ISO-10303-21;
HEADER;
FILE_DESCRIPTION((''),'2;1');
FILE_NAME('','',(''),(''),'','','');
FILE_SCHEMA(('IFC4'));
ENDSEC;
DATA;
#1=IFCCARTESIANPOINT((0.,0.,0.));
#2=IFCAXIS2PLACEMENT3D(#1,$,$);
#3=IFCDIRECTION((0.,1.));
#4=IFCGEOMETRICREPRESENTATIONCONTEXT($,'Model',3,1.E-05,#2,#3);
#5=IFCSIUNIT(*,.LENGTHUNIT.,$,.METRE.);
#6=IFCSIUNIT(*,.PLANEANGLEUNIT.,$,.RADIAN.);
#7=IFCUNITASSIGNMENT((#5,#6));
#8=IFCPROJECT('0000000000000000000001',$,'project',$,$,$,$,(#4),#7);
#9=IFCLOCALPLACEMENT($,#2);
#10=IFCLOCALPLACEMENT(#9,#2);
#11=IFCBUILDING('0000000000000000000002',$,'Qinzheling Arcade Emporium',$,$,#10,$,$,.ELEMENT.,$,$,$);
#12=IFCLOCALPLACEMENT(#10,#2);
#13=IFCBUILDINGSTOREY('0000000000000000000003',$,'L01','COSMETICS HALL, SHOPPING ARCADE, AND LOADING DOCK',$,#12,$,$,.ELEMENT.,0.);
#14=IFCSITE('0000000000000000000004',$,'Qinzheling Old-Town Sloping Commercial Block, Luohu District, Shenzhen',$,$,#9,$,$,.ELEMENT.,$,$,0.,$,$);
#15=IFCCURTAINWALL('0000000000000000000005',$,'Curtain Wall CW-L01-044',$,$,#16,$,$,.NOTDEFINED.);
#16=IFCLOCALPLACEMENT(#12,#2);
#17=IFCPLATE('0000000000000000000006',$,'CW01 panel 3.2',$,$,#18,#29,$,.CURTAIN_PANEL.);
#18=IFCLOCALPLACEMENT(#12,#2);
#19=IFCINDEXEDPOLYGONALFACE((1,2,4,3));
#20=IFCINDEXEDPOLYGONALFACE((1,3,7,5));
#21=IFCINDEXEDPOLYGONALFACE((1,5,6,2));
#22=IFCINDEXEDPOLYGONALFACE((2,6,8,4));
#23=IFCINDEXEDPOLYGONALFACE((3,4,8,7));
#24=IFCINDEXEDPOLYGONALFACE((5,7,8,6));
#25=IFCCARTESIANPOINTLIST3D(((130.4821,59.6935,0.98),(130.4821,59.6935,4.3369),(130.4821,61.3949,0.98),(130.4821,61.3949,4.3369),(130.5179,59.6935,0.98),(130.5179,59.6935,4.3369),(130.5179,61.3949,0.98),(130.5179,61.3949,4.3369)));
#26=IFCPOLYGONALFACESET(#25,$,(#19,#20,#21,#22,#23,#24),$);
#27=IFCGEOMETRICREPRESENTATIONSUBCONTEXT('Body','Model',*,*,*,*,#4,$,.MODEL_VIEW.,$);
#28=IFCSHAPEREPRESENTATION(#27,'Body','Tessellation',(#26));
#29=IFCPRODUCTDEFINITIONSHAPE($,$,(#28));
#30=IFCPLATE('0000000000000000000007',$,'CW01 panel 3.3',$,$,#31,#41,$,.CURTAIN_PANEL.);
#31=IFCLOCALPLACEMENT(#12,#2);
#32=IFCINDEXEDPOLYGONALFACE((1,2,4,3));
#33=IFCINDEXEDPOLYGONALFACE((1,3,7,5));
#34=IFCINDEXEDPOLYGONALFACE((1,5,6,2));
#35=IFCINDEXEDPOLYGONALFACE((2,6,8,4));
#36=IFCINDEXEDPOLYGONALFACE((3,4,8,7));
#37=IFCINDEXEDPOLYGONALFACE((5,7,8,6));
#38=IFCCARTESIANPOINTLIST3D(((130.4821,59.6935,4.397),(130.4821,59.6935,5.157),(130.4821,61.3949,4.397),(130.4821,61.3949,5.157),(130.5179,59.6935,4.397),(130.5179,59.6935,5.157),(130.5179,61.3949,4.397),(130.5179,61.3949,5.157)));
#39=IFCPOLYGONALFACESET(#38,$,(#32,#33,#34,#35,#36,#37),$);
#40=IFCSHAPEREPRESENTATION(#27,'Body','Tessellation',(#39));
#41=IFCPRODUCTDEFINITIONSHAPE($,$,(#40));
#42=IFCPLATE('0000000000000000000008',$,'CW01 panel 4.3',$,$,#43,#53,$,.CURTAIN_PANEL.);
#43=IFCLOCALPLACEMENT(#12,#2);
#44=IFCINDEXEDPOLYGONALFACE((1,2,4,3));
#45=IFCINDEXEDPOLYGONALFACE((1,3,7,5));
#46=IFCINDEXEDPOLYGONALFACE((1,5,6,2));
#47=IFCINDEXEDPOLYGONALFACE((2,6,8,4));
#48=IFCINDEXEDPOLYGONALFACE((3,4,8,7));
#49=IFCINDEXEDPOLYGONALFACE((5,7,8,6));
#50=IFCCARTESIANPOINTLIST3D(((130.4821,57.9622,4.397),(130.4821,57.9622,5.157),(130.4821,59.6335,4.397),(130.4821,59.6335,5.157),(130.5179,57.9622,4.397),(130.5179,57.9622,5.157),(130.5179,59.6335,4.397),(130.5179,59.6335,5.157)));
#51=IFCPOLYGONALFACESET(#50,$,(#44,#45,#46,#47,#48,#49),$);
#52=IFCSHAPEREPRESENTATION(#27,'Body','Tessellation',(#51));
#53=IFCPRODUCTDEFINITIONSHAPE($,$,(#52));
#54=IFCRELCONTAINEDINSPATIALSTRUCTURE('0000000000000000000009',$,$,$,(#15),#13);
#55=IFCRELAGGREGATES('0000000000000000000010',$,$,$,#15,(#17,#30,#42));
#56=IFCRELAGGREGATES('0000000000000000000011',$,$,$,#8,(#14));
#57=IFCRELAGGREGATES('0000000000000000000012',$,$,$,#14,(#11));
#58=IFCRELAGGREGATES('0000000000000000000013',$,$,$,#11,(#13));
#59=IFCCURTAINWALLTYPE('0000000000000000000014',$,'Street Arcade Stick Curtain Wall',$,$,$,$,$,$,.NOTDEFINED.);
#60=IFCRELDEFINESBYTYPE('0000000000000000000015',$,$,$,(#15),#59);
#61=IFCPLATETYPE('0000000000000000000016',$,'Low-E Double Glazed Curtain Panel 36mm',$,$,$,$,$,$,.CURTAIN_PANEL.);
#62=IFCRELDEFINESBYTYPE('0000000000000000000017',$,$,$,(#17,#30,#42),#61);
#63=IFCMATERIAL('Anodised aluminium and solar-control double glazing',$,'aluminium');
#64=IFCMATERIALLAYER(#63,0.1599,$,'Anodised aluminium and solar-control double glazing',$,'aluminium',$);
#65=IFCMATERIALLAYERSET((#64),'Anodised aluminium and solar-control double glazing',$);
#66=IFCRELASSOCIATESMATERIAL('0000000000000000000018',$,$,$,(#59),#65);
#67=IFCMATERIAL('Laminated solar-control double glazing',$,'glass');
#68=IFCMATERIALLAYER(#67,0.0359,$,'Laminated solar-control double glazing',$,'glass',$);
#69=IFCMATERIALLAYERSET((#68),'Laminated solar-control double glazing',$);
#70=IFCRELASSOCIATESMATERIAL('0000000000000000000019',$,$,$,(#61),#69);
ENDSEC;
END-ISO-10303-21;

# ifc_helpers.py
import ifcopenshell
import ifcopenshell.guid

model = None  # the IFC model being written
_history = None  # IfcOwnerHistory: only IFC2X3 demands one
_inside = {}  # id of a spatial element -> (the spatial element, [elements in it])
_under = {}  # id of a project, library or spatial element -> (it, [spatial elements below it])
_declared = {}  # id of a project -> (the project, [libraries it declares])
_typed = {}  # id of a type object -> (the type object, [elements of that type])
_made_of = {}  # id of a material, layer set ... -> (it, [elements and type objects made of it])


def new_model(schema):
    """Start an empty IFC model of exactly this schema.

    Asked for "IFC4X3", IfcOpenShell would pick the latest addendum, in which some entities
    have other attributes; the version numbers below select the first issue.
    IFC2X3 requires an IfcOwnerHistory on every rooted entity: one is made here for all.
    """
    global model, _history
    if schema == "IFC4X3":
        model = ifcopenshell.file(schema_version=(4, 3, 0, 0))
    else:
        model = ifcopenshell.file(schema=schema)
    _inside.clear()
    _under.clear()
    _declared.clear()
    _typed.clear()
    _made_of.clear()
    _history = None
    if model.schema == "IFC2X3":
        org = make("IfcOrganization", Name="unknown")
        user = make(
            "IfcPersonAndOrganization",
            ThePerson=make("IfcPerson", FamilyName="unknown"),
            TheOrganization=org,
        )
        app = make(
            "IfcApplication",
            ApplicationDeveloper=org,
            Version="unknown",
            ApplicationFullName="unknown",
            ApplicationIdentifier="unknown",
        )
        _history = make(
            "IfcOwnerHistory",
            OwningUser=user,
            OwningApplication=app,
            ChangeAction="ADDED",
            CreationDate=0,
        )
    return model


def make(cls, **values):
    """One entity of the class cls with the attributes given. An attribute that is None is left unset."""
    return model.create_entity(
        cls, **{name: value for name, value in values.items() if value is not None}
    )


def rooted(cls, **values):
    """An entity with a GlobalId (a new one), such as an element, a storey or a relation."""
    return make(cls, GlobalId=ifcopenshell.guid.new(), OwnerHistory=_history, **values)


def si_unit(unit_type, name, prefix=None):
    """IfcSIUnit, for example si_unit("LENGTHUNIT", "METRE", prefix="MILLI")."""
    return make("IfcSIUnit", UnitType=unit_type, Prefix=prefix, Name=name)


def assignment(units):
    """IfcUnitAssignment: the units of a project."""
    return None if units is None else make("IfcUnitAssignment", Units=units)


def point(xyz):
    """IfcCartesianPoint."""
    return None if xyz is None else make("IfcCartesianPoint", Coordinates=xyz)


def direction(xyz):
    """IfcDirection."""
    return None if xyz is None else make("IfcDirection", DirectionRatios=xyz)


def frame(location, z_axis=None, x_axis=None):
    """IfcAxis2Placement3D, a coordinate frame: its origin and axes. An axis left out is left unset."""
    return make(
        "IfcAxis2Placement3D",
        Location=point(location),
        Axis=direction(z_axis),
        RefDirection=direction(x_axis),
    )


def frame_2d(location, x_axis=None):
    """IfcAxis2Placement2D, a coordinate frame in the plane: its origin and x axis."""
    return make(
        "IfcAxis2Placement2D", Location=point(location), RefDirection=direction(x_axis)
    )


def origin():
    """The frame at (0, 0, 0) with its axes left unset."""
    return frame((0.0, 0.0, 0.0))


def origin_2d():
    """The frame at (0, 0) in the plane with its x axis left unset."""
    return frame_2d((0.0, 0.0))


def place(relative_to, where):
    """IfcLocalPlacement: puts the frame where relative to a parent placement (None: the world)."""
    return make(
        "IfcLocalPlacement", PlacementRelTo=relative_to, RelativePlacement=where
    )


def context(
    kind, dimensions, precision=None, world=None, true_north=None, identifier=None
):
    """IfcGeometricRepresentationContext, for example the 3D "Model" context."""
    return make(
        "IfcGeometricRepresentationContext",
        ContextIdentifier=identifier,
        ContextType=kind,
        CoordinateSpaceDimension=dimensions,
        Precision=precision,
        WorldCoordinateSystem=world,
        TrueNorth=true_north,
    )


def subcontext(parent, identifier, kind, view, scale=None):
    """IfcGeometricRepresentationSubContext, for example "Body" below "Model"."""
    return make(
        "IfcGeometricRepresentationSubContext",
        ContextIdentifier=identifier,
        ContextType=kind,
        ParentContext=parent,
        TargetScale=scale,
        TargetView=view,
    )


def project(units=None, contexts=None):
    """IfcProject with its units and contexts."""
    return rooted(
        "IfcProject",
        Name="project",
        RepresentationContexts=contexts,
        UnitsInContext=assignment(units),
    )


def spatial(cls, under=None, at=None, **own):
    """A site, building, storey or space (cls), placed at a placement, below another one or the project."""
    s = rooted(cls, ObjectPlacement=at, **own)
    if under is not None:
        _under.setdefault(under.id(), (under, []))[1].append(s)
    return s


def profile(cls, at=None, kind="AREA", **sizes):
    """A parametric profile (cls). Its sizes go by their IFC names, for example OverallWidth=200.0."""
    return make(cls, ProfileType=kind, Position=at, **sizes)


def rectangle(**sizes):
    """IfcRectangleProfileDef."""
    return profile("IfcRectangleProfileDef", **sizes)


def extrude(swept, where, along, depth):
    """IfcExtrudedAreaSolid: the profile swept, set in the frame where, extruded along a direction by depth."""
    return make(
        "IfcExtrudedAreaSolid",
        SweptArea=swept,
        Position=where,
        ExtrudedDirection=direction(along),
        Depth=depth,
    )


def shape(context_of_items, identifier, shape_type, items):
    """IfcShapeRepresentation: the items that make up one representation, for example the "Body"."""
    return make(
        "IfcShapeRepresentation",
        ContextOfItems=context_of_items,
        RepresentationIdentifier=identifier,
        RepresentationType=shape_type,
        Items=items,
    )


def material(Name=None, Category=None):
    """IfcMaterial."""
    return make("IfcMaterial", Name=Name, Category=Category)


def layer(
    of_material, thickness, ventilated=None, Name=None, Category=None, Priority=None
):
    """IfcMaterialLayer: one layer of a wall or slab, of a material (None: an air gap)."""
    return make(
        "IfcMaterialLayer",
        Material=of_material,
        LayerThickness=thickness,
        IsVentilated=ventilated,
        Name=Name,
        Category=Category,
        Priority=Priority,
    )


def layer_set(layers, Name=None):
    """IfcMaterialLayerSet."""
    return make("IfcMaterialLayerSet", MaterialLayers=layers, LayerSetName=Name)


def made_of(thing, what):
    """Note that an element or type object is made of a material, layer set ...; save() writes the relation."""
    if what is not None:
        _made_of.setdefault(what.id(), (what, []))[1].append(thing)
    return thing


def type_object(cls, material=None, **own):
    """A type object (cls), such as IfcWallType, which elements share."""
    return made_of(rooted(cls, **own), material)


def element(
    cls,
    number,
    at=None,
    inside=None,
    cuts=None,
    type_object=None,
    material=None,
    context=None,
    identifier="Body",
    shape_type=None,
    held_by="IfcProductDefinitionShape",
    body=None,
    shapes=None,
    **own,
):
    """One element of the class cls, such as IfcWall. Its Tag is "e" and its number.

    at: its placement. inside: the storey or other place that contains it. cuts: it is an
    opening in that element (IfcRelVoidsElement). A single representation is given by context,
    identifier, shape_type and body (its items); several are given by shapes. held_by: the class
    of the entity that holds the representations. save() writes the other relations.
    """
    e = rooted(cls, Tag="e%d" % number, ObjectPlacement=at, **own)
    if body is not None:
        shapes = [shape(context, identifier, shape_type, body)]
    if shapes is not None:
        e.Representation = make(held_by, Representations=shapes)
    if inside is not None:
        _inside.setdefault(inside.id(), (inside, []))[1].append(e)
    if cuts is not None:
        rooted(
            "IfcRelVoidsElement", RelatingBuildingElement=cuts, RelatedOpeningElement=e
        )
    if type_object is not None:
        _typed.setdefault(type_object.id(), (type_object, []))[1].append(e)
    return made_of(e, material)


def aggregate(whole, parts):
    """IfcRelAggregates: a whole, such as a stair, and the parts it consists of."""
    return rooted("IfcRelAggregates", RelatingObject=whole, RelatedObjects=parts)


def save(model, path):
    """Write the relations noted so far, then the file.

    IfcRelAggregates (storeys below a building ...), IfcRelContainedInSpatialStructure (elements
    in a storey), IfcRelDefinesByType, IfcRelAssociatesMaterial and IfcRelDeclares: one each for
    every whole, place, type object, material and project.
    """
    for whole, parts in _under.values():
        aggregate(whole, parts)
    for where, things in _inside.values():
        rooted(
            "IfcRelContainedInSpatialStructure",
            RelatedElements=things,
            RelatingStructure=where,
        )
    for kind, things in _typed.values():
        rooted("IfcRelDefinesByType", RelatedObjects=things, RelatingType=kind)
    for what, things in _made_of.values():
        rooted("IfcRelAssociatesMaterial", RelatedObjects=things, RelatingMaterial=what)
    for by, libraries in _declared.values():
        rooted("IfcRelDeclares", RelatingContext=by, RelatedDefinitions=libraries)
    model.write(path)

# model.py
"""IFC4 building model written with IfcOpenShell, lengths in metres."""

from ifc_helpers import new_model, si_unit, direction, frame, origin, origin_2d, place, context, subcontext, project, spatial, rectangle, extrude, material, layer, layer_set, type_object, element, aggregate, save


model = new_model("IFC4")

# Units and contexts
model_context = context("Model", 3, precision=1e-05, world=origin(), true_north=direction((0.0, 1.0)))
body_context = subcontext(model_context, "Body", "Model", "MODEL_VIEW")
ifc_project = project(units=[si_unit("LENGTHUNIT", "METRE"), si_unit("PLANEANGLEUNIT", "RADIAN")], contexts=[model_context])

# Site, building, storey
site_placement = place(None, origin())
site = spatial("IfcSite", under=ifc_project, at=site_placement, Name="Qinzheling Old-Town Sloping Commercial Block, Luohu District, Shenzhen", CompositionType="ELEMENT", RefElevation=0.0)
building_placement = place(site_placement, origin())
building = spatial("IfcBuilding", under=site, at=building_placement, Name="Qinzheling Arcade Emporium", CompositionType="ELEMENT")
storey_placement = place(building_placement, origin())
storey = spatial("IfcBuildingStorey", under=building, at=storey_placement, Name="L01", Description="COSMETICS HALL, SHOPPING ARCADE, AND LOADING DOCK", CompositionType="ELEMENT", Elevation=0.0)

# Shared definitions
ifc_material_1 = material(Name="Anodised aluminium and solar-control double glazing", Category="aluminium")
ifc_layer_1 = layer(ifc_material_1, 0.1599, Name="Anodised aluminium and solar-control double glazing", Category="aluminium")
ifc_layer_set_1 = layer_set([ifc_layer_1], Name="Anodised aluminium and solar-control double glazing")
curtain_wall_type = type_object("IfcCurtainWallType", Name="Street Arcade Stick Curtain Wall", PredefinedType="NOTDEFINED", material=ifc_layer_set_1)

# Curtain wall
curtain_wall_1_placement = place(storey_placement, origin())
curtain_wall_1 = element("IfcCurtainWall", 1, at=curtain_wall_1_placement, inside=storey, type_object=curtain_wall_type, Name="Curtain Wall CW-L01-044", PredefinedType="NOTDEFINED")

# Plates
ifc_material_2 = material(Name="Laminated solar-control double glazing", Category="glass")
ifc_layer_2 = layer(ifc_material_2, 0.0359, Name="Laminated solar-control double glazing", Category="glass")
ifc_layer_set_2 = layer_set([ifc_layer_2], Name="Laminated solar-control double glazing")
plate_type_1 = type_object("IfcPlateType", Name="Low-E Double Glazed Curtain Panel 36mm", PredefinedType="CURTAIN_PANEL", material=ifc_layer_set_2)
plate_1_placement = place(storey_placement, frame((130.5, 60.5442, 0.98), z_axis=(0.0, 0.0, 1.0), x_axis=(0.0, -1.0, 0.0)))
plate_1 = element("IfcPlate", 2, at=plate_1_placement, type_object=plate_type_1, Name="CW01 panel 3.2", PredefinedType="CURTAIN_PANEL", context=body_context, shape_type="SweptSolid", body=[
    extrude(rectangle(XDim=1.7014, YDim=0.0359, at=origin_2d()), origin(), (0.0, 0.0, 1.0), 3.3569),
])
plate_2_placement = place(storey_placement, frame((130.5, 60.5442, 4.397), z_axis=(0.0, 0.0, 1.0), x_axis=(0.0, -1.0, 0.0)))
plate_2 = element("IfcPlate", 3, at=plate_2_placement, type_object=plate_type_1, Name="CW01 panel 3.3", PredefinedType="CURTAIN_PANEL", context=body_context, shape_type="SweptSolid", body=[
    extrude(rectangle(XDim=1.7014, YDim=0.0359, at=origin_2d()), origin(), (0.0, 0.0, 1.0), 0.76),
])
plate_3_placement = place(storey_placement, frame((130.5, 58.7979, 4.397), z_axis=(0.0, 0.0, 1.0), x_axis=(0.0, -1.0, 0.0)))
plate_3 = element("IfcPlate", 4, at=plate_3_placement, type_object=plate_type_1, Name="CW01 panel 4.3", PredefinedType="CURTAIN_PANEL", context=body_context, shape_type="SweptSolid", body=[
    extrude(rectangle(XDim=1.6714, YDim=0.0359, at=origin_2d()), origin(), (0.0, 0.0, 1.0), 0.76),
])
aggregate(curtain_wall_1, [plate_1, plate_2, plate_3])

save(model, "model.ifc")
